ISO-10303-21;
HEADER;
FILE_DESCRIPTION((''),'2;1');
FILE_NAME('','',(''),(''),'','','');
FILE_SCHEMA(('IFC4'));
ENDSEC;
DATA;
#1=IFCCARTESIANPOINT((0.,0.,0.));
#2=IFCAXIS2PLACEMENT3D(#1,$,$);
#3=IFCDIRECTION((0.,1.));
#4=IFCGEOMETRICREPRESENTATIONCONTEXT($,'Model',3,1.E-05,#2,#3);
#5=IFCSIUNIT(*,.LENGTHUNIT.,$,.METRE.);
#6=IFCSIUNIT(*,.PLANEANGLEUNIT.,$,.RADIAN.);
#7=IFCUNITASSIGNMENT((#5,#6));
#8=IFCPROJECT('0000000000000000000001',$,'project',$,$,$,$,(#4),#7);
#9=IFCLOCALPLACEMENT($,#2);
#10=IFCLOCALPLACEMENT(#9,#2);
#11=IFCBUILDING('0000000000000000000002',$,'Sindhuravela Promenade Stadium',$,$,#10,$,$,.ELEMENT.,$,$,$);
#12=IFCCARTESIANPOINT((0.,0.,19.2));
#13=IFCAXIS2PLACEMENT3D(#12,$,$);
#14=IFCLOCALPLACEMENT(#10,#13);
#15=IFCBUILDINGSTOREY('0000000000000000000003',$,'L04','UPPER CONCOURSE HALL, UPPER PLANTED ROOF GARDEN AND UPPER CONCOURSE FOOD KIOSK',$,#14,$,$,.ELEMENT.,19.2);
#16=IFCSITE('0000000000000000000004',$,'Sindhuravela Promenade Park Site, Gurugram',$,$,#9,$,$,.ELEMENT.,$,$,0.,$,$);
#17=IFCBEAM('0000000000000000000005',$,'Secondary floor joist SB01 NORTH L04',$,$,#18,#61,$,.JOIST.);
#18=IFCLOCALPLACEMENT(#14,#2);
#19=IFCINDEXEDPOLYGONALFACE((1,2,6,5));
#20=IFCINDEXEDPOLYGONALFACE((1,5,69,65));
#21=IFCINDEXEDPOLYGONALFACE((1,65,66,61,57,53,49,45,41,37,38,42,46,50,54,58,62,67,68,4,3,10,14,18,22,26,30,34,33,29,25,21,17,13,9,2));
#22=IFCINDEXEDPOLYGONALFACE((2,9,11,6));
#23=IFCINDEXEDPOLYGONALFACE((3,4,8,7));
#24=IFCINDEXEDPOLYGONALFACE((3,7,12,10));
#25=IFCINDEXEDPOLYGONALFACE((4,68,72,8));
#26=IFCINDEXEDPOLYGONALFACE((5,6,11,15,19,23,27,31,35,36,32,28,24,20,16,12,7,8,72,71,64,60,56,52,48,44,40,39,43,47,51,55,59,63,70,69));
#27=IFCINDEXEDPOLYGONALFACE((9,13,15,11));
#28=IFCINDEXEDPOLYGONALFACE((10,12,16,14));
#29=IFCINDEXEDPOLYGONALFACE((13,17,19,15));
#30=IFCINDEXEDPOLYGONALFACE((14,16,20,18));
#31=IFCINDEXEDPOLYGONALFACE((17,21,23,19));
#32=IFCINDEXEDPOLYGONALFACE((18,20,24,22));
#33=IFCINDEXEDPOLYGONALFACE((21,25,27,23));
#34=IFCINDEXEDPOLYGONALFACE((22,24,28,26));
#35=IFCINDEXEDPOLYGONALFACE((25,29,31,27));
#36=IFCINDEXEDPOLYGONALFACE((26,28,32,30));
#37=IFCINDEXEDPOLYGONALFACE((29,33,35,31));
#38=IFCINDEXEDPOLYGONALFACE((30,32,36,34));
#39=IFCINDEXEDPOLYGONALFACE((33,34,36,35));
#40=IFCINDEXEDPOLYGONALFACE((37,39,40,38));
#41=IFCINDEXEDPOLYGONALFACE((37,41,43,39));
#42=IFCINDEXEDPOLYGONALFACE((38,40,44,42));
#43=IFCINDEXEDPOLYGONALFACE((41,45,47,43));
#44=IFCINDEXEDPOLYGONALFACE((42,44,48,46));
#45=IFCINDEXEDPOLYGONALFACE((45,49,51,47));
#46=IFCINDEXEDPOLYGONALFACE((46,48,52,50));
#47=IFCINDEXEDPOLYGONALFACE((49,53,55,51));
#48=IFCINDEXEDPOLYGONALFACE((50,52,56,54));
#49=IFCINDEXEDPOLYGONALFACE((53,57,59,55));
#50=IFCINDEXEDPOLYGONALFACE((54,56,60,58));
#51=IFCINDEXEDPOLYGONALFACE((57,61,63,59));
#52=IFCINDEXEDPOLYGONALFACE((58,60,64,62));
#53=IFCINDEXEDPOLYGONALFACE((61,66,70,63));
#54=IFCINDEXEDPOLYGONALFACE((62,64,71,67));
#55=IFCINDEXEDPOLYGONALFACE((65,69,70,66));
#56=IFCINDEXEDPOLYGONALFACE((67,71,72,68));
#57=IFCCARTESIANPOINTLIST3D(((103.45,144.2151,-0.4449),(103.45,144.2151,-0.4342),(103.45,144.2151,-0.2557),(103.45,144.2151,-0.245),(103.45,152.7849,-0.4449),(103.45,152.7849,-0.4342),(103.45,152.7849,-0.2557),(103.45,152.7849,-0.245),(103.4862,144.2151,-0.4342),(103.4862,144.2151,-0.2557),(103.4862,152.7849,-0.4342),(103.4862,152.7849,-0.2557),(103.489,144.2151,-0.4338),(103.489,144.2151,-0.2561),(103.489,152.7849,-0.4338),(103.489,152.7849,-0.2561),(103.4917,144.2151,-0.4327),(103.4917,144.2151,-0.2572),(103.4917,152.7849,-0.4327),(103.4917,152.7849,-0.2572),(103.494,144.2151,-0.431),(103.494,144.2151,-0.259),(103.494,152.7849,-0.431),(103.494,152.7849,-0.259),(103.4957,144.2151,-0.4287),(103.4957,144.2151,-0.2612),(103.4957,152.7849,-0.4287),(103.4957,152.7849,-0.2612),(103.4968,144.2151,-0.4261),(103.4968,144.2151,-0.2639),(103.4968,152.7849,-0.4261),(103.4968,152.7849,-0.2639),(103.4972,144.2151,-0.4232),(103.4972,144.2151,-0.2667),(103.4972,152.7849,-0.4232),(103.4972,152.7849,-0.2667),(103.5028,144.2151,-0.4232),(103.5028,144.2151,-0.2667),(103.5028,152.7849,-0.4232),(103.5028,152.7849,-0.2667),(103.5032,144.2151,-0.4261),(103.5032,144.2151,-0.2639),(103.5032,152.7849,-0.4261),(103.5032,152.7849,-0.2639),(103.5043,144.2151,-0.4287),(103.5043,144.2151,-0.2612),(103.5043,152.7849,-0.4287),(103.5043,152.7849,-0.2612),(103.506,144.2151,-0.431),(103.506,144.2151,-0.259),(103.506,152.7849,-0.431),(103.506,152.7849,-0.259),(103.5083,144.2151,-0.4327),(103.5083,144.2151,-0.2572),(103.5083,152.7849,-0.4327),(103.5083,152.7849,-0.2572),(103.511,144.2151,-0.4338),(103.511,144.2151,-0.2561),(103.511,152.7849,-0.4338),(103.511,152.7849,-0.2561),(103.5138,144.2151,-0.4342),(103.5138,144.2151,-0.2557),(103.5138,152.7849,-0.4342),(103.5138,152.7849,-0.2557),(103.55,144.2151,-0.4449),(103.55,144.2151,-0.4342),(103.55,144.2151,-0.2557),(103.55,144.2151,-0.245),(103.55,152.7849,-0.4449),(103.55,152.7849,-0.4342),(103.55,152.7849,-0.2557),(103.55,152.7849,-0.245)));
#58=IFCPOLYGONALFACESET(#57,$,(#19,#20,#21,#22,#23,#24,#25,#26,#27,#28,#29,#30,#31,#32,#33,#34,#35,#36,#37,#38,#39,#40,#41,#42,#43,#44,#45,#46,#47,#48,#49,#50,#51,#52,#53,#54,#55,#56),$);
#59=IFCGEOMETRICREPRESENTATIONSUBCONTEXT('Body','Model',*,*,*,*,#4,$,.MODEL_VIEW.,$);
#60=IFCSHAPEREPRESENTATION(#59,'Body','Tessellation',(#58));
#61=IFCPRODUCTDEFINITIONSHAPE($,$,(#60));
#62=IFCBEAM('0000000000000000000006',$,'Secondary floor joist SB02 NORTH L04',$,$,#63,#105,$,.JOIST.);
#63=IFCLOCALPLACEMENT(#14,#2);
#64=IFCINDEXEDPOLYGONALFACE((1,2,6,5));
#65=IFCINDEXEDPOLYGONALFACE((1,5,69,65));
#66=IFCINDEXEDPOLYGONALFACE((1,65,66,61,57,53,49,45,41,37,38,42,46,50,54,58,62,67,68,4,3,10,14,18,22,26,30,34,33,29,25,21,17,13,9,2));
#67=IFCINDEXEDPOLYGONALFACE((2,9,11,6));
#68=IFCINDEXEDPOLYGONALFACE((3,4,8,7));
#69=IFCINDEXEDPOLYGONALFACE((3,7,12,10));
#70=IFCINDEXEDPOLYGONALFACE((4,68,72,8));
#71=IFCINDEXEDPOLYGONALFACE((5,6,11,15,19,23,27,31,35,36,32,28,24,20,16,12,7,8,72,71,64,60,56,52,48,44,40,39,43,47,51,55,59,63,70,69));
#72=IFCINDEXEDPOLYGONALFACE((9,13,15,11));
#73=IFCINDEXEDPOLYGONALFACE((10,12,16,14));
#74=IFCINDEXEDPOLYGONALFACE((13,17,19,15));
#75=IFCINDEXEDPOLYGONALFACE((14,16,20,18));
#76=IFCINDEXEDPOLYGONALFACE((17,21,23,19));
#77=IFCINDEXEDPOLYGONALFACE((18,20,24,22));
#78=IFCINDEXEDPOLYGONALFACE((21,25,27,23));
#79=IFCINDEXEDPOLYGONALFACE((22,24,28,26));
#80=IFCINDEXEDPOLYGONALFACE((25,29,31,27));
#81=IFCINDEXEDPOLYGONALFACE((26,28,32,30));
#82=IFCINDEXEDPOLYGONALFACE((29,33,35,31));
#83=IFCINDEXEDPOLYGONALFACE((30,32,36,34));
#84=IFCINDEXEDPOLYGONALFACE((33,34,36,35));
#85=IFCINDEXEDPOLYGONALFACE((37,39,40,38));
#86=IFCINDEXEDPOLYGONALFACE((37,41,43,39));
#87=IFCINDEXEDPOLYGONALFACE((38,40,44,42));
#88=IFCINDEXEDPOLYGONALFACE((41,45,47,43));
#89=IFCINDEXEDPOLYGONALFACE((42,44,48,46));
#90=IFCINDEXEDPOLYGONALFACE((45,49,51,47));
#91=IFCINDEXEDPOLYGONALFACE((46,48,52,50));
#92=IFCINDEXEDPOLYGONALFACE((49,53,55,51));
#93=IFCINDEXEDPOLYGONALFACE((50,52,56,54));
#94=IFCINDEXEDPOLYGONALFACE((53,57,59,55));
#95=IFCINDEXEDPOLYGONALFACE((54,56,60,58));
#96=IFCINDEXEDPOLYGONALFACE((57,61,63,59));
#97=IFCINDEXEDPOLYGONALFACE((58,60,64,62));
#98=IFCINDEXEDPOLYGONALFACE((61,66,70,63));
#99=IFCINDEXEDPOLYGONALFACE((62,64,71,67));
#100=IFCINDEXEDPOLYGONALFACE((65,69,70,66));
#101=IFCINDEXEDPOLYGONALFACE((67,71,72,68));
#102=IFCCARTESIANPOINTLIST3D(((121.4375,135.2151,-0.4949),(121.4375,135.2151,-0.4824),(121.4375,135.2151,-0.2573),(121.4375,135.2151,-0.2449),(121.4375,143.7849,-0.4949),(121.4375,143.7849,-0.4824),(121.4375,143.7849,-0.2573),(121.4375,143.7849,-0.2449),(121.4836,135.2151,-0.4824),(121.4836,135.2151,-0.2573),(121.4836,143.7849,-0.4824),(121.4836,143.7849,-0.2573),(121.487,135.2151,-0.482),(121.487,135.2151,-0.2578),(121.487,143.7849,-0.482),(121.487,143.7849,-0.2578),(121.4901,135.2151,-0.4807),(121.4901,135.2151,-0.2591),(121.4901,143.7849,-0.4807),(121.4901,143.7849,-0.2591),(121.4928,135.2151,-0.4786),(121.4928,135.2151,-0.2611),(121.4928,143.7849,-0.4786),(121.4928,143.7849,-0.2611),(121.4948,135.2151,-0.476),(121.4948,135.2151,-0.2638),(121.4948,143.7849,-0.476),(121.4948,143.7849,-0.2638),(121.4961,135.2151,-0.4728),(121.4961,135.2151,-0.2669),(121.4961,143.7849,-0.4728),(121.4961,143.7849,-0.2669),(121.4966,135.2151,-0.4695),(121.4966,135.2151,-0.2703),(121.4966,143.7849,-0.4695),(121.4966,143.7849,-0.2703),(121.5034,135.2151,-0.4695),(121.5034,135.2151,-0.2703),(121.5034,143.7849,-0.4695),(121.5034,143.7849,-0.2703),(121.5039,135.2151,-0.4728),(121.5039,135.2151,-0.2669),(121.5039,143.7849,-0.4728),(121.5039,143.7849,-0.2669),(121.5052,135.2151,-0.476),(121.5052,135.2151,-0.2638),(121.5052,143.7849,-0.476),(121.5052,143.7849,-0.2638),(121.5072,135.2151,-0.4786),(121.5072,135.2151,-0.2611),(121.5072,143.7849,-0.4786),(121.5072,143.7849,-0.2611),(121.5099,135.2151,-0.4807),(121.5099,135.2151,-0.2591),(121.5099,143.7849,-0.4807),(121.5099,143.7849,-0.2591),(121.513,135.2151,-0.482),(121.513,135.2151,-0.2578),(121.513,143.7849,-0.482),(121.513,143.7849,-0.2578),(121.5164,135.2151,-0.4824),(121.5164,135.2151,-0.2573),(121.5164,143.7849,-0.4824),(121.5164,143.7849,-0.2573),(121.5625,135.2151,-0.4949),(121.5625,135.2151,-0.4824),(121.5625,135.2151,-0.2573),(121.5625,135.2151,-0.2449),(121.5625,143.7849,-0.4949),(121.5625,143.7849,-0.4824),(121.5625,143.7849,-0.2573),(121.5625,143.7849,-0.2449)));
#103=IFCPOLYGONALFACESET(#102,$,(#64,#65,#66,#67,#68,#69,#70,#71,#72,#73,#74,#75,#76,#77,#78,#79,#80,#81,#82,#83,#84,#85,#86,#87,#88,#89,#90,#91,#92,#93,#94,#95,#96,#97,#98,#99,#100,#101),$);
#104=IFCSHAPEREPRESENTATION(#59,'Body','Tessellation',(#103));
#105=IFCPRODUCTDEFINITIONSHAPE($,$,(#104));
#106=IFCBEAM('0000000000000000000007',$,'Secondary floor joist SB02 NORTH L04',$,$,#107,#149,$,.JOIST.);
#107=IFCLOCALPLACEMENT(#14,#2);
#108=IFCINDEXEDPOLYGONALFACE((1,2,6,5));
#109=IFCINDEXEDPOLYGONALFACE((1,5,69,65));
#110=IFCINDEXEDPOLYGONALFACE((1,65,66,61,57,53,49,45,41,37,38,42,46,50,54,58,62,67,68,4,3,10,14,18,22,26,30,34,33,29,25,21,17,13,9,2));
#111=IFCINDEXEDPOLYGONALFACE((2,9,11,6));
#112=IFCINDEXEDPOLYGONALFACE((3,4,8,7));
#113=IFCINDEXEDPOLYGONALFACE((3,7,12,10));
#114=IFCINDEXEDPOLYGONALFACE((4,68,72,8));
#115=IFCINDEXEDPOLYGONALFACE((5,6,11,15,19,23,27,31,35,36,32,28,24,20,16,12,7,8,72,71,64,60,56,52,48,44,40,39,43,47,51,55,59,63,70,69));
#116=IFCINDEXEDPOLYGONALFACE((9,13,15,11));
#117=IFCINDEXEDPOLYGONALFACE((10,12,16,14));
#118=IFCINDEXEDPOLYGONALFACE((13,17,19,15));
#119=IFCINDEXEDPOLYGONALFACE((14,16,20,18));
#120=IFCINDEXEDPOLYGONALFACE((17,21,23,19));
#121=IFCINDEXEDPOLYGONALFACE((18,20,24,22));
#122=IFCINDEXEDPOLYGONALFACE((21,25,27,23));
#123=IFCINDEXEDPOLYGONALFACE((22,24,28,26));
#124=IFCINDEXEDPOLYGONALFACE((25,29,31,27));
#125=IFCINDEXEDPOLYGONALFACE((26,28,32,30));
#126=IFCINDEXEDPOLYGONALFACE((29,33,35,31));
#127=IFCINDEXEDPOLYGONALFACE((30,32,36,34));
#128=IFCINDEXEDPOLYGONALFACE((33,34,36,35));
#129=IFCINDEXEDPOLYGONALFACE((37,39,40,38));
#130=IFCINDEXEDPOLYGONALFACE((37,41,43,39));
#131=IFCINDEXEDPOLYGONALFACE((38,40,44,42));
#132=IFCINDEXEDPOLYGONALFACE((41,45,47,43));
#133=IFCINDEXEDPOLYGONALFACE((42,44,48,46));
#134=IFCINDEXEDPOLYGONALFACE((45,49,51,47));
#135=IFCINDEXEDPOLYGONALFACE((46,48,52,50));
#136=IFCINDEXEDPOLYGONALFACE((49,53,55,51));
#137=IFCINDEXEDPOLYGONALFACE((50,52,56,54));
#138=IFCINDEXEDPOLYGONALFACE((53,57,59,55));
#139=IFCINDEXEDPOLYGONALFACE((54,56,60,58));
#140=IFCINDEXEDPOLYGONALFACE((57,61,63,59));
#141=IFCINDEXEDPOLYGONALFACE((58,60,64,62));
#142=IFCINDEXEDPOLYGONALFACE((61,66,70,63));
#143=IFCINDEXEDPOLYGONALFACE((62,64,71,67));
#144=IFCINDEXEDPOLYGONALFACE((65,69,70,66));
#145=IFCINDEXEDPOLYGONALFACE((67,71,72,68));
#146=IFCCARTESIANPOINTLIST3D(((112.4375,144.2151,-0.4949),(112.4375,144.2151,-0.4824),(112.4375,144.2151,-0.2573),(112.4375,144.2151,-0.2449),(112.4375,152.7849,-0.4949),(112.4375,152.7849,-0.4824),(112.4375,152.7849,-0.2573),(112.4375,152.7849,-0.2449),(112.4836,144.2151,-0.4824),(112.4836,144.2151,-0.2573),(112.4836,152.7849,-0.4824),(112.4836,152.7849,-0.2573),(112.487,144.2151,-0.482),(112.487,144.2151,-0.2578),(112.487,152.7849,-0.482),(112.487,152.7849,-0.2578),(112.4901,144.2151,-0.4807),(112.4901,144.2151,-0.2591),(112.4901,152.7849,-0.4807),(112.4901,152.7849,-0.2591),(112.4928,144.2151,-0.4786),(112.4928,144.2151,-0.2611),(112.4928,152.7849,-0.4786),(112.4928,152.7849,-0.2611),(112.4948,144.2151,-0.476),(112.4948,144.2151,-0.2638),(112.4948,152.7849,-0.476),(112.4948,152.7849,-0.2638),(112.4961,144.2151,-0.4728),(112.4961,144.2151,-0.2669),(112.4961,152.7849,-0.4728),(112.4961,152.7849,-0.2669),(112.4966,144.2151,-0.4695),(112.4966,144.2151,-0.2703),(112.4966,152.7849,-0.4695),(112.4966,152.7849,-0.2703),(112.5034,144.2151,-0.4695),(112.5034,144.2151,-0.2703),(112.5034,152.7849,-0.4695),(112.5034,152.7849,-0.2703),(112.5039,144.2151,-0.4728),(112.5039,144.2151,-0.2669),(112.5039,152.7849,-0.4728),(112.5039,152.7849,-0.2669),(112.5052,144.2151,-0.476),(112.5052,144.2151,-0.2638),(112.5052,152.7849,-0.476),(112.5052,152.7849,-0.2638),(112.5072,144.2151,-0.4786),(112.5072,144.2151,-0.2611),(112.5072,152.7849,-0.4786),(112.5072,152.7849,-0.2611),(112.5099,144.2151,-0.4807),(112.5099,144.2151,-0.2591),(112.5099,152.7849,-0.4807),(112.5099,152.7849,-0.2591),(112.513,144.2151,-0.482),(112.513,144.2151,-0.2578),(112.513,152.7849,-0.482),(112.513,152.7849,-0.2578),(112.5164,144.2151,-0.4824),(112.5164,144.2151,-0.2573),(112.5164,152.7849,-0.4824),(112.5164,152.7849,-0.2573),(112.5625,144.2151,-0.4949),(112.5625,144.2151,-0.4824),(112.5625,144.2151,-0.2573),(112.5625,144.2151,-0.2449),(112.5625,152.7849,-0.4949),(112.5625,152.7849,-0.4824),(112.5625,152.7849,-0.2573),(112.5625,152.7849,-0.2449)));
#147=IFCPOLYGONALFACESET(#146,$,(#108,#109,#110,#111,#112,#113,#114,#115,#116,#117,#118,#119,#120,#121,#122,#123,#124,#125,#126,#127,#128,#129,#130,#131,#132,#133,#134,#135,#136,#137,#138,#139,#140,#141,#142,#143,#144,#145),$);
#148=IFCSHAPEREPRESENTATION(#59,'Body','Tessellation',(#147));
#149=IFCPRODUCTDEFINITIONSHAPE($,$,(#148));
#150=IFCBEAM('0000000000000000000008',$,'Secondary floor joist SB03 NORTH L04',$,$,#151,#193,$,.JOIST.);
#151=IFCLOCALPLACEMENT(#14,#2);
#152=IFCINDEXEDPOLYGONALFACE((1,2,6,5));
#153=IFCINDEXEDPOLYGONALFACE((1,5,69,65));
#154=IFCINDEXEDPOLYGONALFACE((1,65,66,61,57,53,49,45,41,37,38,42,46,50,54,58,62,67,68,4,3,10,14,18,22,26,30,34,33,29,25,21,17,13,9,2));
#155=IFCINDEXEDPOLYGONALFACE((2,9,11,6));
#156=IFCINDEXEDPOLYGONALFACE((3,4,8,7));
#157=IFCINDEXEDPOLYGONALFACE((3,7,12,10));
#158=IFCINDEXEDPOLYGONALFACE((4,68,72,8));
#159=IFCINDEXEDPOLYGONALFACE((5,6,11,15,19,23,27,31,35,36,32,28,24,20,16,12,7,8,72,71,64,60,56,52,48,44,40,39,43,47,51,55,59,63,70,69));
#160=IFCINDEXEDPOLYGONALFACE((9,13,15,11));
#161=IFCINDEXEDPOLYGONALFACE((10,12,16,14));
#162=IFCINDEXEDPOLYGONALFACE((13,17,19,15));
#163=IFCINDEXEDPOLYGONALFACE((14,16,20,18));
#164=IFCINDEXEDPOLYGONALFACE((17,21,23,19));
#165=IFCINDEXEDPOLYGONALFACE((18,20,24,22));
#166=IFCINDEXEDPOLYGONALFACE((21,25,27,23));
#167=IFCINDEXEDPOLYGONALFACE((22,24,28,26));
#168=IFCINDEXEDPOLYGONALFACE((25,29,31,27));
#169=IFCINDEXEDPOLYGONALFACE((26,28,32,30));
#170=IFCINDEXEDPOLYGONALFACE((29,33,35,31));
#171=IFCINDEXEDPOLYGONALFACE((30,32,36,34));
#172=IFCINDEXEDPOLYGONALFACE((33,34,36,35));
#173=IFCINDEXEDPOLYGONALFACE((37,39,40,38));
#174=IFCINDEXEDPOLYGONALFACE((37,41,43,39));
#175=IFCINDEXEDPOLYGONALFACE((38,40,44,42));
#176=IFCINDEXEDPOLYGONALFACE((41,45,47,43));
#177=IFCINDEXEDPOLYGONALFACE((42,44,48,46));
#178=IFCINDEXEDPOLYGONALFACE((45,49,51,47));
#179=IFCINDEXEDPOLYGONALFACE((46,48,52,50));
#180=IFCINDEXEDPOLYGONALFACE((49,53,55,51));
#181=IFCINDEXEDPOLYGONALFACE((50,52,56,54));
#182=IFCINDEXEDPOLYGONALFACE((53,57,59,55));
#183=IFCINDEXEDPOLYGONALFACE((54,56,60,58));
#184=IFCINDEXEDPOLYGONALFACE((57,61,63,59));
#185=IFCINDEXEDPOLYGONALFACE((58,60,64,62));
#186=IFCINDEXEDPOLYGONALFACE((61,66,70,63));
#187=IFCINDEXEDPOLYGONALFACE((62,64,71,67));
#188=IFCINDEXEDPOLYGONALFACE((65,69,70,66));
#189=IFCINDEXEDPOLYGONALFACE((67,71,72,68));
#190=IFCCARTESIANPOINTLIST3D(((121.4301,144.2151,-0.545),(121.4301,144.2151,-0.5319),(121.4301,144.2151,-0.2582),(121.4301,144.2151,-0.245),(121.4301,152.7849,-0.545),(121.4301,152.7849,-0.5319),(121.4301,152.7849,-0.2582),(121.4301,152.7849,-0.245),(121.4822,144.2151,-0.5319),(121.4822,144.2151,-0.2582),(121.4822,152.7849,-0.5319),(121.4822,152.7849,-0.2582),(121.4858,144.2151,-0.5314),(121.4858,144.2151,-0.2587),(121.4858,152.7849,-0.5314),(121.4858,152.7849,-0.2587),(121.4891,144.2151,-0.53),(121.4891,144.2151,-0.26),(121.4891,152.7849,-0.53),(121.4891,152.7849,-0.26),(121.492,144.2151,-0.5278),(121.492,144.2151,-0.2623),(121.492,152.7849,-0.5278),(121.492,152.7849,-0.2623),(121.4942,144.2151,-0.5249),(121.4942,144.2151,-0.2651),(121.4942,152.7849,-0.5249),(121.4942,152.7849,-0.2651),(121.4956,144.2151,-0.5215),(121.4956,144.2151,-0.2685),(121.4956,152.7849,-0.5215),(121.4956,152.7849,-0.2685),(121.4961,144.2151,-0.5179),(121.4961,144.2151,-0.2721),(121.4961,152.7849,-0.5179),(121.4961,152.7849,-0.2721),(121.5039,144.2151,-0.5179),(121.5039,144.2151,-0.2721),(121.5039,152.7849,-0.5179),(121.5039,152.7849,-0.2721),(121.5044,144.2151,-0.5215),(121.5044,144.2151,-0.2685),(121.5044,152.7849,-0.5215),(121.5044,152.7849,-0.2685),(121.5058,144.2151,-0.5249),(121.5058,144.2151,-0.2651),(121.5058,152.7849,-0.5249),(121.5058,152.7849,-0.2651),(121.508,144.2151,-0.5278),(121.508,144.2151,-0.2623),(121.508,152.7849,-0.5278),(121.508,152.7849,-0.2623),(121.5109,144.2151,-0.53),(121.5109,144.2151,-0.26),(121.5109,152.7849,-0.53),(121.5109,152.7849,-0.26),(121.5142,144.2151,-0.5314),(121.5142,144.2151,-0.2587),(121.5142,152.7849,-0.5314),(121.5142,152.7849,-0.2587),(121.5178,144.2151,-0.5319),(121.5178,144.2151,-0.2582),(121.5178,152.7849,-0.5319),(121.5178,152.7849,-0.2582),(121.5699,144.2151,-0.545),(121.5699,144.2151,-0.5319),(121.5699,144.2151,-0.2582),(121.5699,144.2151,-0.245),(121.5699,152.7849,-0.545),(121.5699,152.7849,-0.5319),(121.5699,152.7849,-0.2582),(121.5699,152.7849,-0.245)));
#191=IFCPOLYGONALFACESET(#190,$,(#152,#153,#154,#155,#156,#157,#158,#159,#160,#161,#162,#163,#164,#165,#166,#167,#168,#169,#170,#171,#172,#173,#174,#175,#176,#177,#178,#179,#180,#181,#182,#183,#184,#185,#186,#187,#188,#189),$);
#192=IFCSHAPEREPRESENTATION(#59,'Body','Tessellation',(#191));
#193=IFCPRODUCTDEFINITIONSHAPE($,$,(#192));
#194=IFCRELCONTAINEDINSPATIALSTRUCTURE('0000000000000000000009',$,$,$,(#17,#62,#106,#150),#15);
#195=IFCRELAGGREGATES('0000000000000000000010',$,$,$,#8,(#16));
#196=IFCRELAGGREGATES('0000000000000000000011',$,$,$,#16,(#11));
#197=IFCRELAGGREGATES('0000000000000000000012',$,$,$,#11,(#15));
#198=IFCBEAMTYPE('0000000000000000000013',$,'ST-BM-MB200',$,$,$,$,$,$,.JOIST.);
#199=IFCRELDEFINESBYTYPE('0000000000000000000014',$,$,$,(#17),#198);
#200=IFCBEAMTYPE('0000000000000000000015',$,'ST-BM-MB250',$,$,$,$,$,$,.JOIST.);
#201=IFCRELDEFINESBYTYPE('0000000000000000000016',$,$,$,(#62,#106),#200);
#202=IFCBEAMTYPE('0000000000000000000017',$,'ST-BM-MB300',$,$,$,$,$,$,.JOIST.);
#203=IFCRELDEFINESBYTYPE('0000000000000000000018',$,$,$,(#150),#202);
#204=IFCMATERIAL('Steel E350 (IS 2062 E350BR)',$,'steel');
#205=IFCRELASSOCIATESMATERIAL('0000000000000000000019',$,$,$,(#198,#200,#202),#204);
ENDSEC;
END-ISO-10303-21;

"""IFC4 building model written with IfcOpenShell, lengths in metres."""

from ifc_helpers import new_model, si_unit, direction, frame, origin, origin_2d, place, context, subcontext, project, spatial, i_section, extrude, material, material_profile, profile_set, type_object, element, save


model = new_model("IFC4")

# Units and contexts
model_context = context("Model", 3, precision=1e-05, world=origin(), true_north=direction((0.0, 1.0)))
body_context = subcontext(model_context, "Body", "Model", "MODEL_VIEW")
ifc_project = project(units=[si_unit("LENGTHUNIT", "METRE"), si_unit("PLANEANGLEUNIT", "RADIAN")], contexts=[model_context])

# Site, building, storey
site_placement = place(None, origin())
site = spatial("IfcSite", under=ifc_project, at=site_placement, Name="Sindhuravela Promenade Park Site, Gurugram", CompositionType="ELEMENT", RefElevation=0.0)
building_placement = place(site_placement, origin())
building = spatial("IfcBuilding", under=site, at=building_placement, Name="Sindhuravela Promenade Stadium", CompositionType="ELEMENT")
storey_placement = place(building_placement, frame((0.0, 0.0, 19.2)))
storey = spatial("IfcBuildingStorey", under=building, at=storey_placement, Name="L04", Description="UPPER CONCOURSE HALL, UPPER PLANTED ROOF GARDEN AND UPPER CONCOURSE FOOD KIOSK", CompositionType="ELEMENT", Elevation=19.2)

# Shared definitions
ifc_material_1 = material(Name="Steel E350 (IS 2062 E350BR)", Category="steel")

# Beams
ifc_material_profile_1 = material_profile(ifc_material_1, i_section(OverallWidth=0.1001, OverallDepth=0.2, WebThickness=0.0056, FlangeThickness=0.0107, FilletRadius=0.011, at=origin_2d()), Name="ISMB 200")
ifc_profile_set_1 = profile_set([ifc_material_profile_1], Name="Steel E350 (IS 2062 E350BR)")
beam_type_1 = type_object("IfcBeamType", Name="ST-BM-MB200", PredefinedType="JOIST", material=ifc_profile_set_1)
for number, where, z_axis, x_axis, name in (
    (1, (103.5, 144.2151, -0.345), (0.0, 1.0, 0.0), (-1.0, 0.0, 0.0), "Secondary floor joist SB01 NORTH L04"),
):
    element("IfcBeam", number, at=place(storey_placement, frame(where, z_axis=z_axis, x_axis=x_axis)), inside=storey, type_object=beam_type_1, Name=name, PredefinedType="JOIST", context=body_context, shape_type="SweptSolid", body=[
        extrude(i_section(OverallWidth=0.1001, OverallDepth=0.2, WebThickness=0.0056, FlangeThickness=0.0107, FilletRadius=0.011, at=origin_2d()), origin(), (0.0, 0.0, 1.0), 8.5698),
    ])
ifc_material_profile_2 = material_profile(ifc_material_1, i_section(OverallWidth=0.125, OverallDepth=0.25, WebThickness=0.0068, FlangeThickness=0.0125, FilletRadius=0.0129, at=origin_2d()), Name="ISMB 250")
ifc_profile_set_2 = profile_set([ifc_material_profile_2], Name="Steel E350 (IS 2062 E350BR)")
beam_type_2 = type_object("IfcBeamType", Name="ST-BM-MB250", PredefinedType="JOIST", material=ifc_profile_set_2)
for number, where, z_axis, x_axis, name in (
    (2, (121.5, 135.2151, -0.3699), (0.0, 1.0, 0.0), (-1.0, 0.0, 0.0), "Secondary floor joist SB02 NORTH L04"),
    (3, (112.5, 144.2151, -0.3699), (0.0, 1.0, 0.0), (-1.0, 0.0, 0.0), "Secondary floor joist SB02 NORTH L04"),
):
    element("IfcBeam", number, at=place(storey_placement, frame(where, z_axis=z_axis, x_axis=x_axis)), inside=storey, type_object=beam_type_2, Name=name, PredefinedType="JOIST", context=body_context, shape_type="SweptSolid", body=[
        extrude(i_section(OverallWidth=0.125, OverallDepth=0.25, WebThickness=0.0068, FlangeThickness=0.0125, FilletRadius=0.0129, at=origin_2d()), origin(), (0.0, 0.0, 1.0), 8.5698),
    ])
ifc_material_profile_3 = material_profile(ifc_material_1, i_section(OverallWidth=0.1399, OverallDepth=0.3, WebThickness=0.0078, FlangeThickness=0.0132, FilletRadius=0.0139, at=origin_2d()), Name="ISMB 300")
ifc_profile_set_3 = profile_set([ifc_material_profile_3], Name="Steel E350 (IS 2062 E350BR)")
beam_type_3 = type_object("IfcBeamType", Name="ST-BM-MB300", PredefinedType="JOIST", material=ifc_profile_set_3)
beam_1_placement = place(storey_placement, frame((121.5, 144.2151, -0.395), z_axis=(0.0, 1.0, 0.0), x_axis=(-1.0, 0.0, 0.0)))
element("IfcBeam", 4, at=beam_1_placement, inside=storey, type_object=beam_type_3, Name="Secondary floor joist SB03 NORTH L04", PredefinedType="JOIST", context=body_context, shape_type="SweptSolid", body=[
    extrude(i_section(OverallWidth=0.1399, OverallDepth=0.3, WebThickness=0.0078, FlangeThickness=0.0132, FilletRadius=0.0139, at=origin_2d()), origin(), (0.0, 0.0, 1.0), 8.5698),
])

save(model, "model.ifc")
